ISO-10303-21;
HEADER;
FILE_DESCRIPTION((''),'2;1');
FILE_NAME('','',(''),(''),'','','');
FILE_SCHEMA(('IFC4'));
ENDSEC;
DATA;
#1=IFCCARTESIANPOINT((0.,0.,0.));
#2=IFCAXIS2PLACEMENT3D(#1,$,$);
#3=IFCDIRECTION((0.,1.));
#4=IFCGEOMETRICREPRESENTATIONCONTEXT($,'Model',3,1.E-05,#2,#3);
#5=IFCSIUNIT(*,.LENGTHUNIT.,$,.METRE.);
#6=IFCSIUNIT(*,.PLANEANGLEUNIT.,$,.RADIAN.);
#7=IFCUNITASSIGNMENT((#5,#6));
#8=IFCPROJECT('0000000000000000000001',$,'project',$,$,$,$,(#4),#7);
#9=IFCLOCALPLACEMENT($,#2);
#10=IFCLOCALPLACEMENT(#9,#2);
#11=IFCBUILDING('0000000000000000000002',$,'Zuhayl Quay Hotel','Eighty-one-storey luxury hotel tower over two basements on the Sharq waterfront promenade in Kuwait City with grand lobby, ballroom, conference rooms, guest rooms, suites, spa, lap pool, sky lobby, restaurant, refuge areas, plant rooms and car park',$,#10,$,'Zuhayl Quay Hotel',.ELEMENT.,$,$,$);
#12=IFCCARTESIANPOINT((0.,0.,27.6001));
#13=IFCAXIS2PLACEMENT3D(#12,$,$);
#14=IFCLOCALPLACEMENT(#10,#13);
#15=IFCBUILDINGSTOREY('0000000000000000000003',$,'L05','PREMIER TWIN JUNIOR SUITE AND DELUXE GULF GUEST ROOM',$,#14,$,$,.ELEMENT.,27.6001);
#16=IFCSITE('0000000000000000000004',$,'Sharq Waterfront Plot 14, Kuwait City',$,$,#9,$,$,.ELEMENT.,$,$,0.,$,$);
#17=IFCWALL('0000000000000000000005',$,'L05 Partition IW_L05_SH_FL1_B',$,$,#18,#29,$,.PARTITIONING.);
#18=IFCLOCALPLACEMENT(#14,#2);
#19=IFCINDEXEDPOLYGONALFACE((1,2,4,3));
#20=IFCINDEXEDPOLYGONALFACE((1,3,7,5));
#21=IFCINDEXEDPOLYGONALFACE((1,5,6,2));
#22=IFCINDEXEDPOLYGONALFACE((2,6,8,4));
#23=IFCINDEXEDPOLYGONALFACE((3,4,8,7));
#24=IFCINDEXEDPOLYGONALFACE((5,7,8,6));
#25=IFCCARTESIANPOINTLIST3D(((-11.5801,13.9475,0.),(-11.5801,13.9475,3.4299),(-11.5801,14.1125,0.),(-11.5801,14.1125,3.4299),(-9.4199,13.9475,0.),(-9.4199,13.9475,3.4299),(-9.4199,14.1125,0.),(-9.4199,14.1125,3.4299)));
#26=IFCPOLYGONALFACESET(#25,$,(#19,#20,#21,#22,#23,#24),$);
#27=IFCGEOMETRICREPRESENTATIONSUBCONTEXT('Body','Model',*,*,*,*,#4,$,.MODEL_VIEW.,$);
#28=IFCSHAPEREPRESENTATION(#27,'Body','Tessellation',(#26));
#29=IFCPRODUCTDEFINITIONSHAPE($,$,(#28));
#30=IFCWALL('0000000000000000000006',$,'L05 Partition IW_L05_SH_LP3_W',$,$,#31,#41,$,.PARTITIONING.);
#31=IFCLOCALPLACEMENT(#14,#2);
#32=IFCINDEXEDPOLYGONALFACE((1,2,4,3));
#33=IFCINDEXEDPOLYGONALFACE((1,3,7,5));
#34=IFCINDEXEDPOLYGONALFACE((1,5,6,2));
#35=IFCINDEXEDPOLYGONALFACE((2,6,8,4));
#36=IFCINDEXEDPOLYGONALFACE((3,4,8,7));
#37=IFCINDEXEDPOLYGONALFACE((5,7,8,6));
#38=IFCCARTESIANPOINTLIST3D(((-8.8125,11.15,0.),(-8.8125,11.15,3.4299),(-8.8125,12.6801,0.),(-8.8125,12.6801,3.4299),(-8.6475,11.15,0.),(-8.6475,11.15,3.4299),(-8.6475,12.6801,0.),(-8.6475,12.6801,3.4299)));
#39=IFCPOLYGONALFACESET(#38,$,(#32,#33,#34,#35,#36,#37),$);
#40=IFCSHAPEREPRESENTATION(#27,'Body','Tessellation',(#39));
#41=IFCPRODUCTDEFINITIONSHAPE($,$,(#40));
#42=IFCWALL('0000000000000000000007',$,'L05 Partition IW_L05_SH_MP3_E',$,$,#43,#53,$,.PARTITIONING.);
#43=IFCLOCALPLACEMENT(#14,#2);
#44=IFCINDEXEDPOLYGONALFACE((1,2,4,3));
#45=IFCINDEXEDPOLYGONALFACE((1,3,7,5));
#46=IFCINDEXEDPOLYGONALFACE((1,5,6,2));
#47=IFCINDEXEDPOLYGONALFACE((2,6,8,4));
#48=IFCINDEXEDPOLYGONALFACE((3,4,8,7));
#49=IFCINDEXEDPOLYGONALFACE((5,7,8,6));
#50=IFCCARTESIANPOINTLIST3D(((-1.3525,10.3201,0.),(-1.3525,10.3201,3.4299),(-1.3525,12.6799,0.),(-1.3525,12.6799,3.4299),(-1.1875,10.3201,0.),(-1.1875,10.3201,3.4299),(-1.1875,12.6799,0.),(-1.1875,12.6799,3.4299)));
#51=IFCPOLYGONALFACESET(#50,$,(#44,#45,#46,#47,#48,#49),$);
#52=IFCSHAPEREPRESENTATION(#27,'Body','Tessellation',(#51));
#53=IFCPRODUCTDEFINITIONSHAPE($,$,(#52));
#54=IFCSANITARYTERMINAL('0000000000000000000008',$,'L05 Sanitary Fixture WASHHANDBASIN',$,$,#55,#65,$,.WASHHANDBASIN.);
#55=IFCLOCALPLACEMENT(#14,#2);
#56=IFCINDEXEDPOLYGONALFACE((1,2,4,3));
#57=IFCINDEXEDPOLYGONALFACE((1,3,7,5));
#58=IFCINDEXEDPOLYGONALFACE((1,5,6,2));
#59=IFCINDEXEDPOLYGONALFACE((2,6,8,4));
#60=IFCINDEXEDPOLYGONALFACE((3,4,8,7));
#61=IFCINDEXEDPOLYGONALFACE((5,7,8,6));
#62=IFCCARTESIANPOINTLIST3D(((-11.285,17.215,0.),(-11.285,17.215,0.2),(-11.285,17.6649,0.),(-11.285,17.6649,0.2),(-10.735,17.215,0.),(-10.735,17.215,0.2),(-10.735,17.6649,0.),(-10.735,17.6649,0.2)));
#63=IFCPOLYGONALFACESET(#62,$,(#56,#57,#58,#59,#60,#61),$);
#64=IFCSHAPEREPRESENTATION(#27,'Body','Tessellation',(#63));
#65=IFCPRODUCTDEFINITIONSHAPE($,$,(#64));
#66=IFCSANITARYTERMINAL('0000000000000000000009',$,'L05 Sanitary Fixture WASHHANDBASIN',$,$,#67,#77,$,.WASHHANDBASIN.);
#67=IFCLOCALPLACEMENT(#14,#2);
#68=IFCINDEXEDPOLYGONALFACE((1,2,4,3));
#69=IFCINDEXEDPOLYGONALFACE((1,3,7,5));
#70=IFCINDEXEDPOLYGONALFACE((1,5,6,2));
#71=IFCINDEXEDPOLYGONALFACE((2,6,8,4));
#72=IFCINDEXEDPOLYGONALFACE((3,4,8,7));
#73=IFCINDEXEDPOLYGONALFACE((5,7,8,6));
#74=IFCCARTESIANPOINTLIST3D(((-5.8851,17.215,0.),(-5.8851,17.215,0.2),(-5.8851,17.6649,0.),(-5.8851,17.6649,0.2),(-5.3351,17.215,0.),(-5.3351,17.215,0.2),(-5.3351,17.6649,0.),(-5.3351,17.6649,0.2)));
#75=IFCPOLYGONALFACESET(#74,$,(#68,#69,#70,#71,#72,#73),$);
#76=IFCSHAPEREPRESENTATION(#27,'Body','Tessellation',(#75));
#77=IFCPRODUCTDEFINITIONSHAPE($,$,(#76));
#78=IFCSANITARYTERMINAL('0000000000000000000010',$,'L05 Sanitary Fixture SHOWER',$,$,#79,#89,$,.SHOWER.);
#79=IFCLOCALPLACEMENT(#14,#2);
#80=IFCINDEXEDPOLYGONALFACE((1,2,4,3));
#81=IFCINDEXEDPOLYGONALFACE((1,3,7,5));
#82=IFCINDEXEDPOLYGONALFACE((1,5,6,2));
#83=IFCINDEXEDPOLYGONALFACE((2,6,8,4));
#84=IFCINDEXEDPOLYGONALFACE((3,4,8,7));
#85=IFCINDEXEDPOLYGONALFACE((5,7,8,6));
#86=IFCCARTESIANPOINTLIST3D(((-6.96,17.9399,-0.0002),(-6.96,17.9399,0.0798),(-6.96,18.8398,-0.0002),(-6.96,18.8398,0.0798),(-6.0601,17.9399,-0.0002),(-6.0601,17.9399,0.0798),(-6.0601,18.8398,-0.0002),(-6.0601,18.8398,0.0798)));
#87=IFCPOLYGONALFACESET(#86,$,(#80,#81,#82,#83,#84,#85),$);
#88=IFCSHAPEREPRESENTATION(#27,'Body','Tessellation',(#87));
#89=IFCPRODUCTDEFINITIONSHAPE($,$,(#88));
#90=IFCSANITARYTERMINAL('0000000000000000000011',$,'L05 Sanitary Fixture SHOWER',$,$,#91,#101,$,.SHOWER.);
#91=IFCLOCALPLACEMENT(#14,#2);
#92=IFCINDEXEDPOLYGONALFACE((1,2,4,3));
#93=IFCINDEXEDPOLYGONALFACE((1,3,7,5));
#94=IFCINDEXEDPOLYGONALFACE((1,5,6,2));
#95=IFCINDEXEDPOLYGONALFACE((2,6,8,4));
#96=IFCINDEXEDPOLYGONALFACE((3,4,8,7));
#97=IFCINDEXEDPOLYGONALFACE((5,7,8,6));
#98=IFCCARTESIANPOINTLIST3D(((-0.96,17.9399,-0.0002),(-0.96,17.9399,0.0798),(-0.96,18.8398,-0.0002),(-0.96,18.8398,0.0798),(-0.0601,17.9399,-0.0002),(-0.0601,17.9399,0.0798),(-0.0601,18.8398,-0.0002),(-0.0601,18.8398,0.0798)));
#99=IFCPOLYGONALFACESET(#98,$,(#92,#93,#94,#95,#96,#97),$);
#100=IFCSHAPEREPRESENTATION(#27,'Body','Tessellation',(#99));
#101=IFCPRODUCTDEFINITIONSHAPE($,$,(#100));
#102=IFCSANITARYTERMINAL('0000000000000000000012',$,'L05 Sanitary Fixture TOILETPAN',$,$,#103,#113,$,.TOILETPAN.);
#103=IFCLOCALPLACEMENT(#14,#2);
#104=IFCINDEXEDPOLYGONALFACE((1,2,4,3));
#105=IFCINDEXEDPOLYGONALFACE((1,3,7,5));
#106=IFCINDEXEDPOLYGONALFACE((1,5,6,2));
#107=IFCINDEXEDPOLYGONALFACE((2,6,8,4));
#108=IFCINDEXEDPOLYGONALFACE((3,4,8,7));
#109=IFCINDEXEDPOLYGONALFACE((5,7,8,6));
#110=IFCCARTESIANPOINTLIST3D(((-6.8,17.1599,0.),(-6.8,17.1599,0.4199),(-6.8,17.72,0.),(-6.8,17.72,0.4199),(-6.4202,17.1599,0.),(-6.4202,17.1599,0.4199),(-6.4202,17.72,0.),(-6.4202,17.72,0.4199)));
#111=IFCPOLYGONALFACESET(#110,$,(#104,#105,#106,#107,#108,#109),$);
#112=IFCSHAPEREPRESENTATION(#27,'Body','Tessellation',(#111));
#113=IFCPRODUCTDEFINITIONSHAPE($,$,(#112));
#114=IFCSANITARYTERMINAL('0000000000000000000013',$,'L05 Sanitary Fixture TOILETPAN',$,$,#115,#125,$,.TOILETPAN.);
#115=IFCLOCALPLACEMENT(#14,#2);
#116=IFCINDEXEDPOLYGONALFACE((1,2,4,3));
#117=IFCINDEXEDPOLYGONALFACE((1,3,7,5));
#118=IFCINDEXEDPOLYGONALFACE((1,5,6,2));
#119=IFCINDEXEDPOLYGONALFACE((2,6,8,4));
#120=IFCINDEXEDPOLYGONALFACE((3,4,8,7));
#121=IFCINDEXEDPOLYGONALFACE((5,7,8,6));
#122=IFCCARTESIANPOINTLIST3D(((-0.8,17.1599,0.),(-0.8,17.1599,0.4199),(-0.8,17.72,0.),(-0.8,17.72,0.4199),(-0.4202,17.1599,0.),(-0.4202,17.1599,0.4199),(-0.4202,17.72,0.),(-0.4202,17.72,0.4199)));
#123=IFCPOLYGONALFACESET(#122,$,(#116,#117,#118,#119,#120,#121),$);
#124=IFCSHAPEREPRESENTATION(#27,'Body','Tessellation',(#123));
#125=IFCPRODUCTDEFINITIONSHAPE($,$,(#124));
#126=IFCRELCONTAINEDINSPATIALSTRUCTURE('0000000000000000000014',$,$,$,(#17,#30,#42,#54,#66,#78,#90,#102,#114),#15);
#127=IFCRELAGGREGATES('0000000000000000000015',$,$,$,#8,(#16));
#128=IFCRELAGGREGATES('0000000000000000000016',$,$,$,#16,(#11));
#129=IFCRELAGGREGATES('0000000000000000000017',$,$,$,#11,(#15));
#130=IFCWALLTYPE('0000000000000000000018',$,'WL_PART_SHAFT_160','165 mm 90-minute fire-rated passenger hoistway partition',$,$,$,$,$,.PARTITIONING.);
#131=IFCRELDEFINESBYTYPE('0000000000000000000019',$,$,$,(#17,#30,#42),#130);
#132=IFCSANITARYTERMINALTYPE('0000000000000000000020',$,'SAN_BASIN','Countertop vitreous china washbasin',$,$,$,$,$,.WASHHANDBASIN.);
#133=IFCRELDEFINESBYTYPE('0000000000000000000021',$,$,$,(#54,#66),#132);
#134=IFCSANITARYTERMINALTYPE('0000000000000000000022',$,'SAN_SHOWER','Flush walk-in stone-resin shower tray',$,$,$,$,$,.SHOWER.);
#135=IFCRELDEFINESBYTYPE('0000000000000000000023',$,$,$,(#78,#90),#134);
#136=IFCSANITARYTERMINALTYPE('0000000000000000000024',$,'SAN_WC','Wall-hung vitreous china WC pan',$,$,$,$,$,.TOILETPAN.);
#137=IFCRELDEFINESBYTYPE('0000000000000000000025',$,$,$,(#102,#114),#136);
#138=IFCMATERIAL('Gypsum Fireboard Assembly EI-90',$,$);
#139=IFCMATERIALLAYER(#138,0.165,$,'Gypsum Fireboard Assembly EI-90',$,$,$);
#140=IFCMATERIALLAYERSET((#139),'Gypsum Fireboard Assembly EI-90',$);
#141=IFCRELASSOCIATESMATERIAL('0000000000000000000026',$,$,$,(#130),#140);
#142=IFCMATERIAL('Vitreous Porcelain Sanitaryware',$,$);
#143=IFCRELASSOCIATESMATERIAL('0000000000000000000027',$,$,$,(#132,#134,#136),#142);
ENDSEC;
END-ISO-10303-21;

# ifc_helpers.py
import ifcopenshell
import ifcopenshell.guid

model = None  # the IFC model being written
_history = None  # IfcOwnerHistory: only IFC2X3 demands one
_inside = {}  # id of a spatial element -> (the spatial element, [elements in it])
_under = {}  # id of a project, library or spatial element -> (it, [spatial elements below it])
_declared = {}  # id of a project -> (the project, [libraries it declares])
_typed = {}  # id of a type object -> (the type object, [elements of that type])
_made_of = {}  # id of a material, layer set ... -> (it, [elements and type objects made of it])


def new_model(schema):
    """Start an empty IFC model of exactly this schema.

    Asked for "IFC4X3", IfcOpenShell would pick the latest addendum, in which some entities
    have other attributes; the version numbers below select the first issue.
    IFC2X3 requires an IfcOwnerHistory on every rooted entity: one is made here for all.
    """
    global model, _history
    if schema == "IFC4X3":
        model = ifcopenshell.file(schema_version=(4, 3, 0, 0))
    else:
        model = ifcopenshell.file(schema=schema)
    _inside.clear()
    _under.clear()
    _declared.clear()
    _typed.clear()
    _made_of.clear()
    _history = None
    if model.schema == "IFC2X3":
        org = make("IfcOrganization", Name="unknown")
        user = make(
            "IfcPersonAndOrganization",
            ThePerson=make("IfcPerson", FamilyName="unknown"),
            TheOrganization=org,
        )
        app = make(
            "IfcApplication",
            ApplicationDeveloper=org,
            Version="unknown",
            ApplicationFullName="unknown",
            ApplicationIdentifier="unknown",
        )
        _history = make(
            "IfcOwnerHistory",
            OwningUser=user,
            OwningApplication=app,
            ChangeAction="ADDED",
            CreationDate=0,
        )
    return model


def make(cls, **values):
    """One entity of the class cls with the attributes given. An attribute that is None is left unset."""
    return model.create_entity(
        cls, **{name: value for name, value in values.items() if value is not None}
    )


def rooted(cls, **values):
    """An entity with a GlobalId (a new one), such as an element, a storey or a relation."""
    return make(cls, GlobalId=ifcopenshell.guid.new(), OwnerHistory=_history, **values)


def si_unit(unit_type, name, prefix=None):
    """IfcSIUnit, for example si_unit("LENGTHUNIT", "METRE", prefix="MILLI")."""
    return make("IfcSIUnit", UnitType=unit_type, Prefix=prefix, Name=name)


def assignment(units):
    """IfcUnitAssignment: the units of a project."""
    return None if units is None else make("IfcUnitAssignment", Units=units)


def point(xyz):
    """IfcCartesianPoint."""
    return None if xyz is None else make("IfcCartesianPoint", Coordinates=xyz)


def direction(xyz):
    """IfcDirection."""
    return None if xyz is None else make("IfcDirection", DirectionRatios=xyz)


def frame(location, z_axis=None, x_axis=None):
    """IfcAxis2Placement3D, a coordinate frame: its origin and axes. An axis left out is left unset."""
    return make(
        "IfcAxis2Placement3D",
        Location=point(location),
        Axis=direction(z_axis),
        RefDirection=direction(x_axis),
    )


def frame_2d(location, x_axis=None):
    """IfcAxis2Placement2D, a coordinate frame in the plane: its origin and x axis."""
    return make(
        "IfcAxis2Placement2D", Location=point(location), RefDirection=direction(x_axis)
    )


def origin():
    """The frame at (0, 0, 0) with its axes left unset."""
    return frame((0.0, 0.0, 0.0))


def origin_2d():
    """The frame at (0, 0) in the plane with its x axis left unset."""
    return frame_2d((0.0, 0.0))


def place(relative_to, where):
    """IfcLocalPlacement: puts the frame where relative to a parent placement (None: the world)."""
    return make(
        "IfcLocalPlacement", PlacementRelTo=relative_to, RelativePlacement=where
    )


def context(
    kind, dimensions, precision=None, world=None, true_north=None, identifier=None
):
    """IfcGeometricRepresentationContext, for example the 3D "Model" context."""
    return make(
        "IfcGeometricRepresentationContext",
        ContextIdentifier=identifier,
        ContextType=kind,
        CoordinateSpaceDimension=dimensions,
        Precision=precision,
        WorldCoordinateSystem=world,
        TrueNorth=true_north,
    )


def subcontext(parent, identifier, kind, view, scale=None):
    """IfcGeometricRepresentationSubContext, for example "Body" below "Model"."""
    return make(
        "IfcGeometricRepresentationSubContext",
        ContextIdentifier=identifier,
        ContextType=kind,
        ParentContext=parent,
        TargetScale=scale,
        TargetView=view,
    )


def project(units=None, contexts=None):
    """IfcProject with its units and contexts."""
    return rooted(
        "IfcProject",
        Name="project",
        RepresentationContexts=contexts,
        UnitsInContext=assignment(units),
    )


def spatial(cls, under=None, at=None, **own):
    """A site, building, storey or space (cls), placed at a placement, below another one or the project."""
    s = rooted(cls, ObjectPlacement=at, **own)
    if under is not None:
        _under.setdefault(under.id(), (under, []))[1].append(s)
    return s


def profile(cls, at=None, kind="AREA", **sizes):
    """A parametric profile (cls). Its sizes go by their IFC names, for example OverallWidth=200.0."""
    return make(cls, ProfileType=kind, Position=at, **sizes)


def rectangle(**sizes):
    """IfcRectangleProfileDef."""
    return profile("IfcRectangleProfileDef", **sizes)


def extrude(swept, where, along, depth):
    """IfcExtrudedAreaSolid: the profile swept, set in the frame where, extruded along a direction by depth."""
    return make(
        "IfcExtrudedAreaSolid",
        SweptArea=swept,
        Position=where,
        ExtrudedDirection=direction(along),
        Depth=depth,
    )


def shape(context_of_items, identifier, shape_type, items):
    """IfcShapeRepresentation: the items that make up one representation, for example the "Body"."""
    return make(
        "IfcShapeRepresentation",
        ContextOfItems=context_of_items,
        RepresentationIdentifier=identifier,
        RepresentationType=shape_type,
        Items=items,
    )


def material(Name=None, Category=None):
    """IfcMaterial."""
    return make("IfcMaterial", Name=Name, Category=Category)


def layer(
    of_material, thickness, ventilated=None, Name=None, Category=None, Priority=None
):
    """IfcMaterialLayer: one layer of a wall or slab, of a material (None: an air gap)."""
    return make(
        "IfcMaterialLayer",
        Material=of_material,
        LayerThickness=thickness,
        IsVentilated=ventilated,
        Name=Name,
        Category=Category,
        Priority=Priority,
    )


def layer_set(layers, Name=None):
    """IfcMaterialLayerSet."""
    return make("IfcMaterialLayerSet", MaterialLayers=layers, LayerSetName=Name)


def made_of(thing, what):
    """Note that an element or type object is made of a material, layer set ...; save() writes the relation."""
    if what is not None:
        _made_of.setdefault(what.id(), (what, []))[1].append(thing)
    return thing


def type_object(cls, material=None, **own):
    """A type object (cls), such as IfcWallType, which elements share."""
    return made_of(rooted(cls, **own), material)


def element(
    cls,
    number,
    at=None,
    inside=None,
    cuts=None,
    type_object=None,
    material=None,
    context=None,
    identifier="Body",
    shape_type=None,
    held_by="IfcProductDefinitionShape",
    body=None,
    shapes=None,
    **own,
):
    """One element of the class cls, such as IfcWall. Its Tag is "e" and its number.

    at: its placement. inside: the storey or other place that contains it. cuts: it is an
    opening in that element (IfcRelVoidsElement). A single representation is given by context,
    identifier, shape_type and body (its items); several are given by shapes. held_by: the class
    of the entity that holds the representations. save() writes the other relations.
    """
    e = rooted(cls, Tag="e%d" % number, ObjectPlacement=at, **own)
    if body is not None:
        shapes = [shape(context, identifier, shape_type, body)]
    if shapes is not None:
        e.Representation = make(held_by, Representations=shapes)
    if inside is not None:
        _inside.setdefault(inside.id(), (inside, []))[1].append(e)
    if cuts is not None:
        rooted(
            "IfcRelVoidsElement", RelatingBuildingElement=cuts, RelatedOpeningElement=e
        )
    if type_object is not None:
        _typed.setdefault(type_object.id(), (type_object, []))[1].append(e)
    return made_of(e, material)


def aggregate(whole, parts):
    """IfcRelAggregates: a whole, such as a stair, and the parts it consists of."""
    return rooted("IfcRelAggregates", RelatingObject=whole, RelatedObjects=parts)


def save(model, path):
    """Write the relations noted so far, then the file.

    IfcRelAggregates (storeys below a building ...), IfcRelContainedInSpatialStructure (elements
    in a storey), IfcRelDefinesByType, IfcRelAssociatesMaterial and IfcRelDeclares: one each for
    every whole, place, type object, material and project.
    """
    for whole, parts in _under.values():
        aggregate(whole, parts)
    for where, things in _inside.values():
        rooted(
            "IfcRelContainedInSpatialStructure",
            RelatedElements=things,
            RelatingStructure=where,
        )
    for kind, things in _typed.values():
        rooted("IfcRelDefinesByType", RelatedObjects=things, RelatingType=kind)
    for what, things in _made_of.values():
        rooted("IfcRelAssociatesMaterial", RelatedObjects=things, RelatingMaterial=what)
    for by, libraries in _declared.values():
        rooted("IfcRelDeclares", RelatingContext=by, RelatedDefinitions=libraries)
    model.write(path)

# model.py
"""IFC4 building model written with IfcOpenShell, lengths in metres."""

from ifc_helpers import new_model, si_unit, direction, frame, frame_2d, origin, origin_2d, place, context, subcontext, project, spatial, rectangle, extrude, material, layer, layer_set, type_object, element, save


model = new_model("IFC4")

# Units and contexts
model_context = context("Model", 3, precision=1e-05, world=origin(), true_north=direction((0.0, 1.0)))
body_context = subcontext(model_context, "Body", "Model", "MODEL_VIEW")
ifc_project = project(units=[si_unit("LENGTHUNIT", "METRE"), si_unit("PLANEANGLEUNIT", "RADIAN")], contexts=[model_context])

# Site, building, storey
site_placement = place(None, origin())
site = spatial("IfcSite", under=ifc_project, at=site_placement, Name="Sharq Waterfront Plot 14, Kuwait City", CompositionType="ELEMENT", RefElevation=0.0)
building_placement = place(site_placement, origin())
building = spatial("IfcBuilding", under=site, at=building_placement, Name="Zuhayl Quay Hotel", Description="Eighty-one-storey luxury hotel tower over two basements on the Sharq waterfront promenade in Kuwait City with grand lobby, ballroom, conference rooms, guest rooms, suites, spa, lap pool, sky lobby, restaurant, refuge areas, plant rooms and car park", LongName="Zuhayl Quay Hotel", CompositionType="ELEMENT")
storey_placement = place(building_placement, frame((0.0, 0.0, 27.6001)))
storey = spatial("IfcBuildingStorey", under=building, at=storey_placement, Name="L05", Description="PREMIER TWIN JUNIOR SUITE AND DELUXE GULF GUEST ROOM", CompositionType="ELEMENT", Elevation=27.6001)

# Shared definitions
ifc_material_1 = material(Name="Gypsum Fireboard Assembly EI-90")
ifc_layer_1 = layer(ifc_material_1, 0.165, Name="Gypsum Fireboard Assembly EI-90")
ifc_layer_set_1 = layer_set([ifc_layer_1], Name="Gypsum Fireboard Assembly EI-90")
wall_type_1 = type_object("IfcWallType", Name="WL_PART_SHAFT_160", Description="165 mm 90-minute fire-rated passenger hoistway partition", PredefinedType="PARTITIONING", material=ifc_layer_set_1)

# Walls
wall_1_placement = place(storey_placement, frame((-11.5801, 14.03, 0.0), z_axis=(0.0, 0.0, 1.0), x_axis=(1.0, 0.0, 0.0)))
element("IfcWall", 1, at=wall_1_placement, inside=storey, type_object=wall_type_1, Name="L05 Partition IW_L05_SH_FL1_B", PredefinedType="PARTITIONING", context=body_context, shape_type="SweptSolid", body=[
    extrude(rectangle(XDim=2.1602, YDim=0.165, at=frame_2d((1.0801, 0.0))), origin(), (0.0, 0.0, 1.0), 3.4299),
])
wall_2_placement = place(storey_placement, frame((-8.73, 11.1499, 0.0), z_axis=(0.0, 0.0, 1.0), x_axis=(0.0, 1.0, 0.0)))
element("IfcWall", 2, at=wall_2_placement, inside=storey, type_object=wall_type_1, Name="L05 Partition IW_L05_SH_LP3_W", PredefinedType="PARTITIONING", context=body_context, shape_type="SweptSolid", body=[
    extrude(rectangle(XDim=1.53, YDim=0.165, at=frame_2d((0.7651, 0.0))), origin(), (0.0, 0.0, 1.0), 3.4299),
])
wall_3_placement = place(storey_placement, frame((-1.27, 10.3201, 0.0), z_axis=(0.0, 0.0, 1.0), x_axis=(0.0, 1.0, 0.0)))
element("IfcWall", 3, at=wall_3_placement, inside=storey, type_object=wall_type_1, Name="L05 Partition IW_L05_SH_MP3_E", PredefinedType="PARTITIONING", context=body_context, shape_type="SweptSolid", body=[
    extrude(rectangle(XDim=2.3599, YDim=0.165, at=frame_2d((1.1799, 0.0))), origin(), (0.0, 0.0, 1.0), 3.4299),
])

# Sanitary terminals
ifc_material_2 = material(Name="Vitreous Porcelain Sanitaryware")
sanitary_terminal_type_1 = type_object("IfcSanitaryTerminalType", Name="SAN_BASIN", Description="Countertop vitreous china washbasin", PredefinedType="WASHHANDBASIN", material=ifc_material_2)
for number, where, z_axis, x_axis, name in (
    (4, (-11.01, 17.4399, 0.0), (0.0, 0.0, 1.0), (1.0, 0.0, 0.0), "L05 Sanitary Fixture WASHHANDBASIN"),
    (5, (-5.6101, 17.4399, 0.0), (0.0, 0.0, 1.0), (1.0, 0.0, 0.0), "L05 Sanitary Fixture WASHHANDBASIN"),
):
    element("IfcSanitaryTerminal", number, at=place(storey_placement, frame(where, z_axis=z_axis, x_axis=x_axis)), inside=storey, type_object=sanitary_terminal_type_1, Name=name, PredefinedType="WASHHANDBASIN", context=body_context, shape_type="SweptSolid", body=[
        extrude(rectangle(XDim=0.55, YDim=0.45, at=origin_2d()), origin(), (0.0, 0.0, 1.0), 0.2),
    ])
sanitary_terminal_type_2 = type_object("IfcSanitaryTerminalType", Name="SAN_SHOWER", Description="Flush walk-in stone-resin shower tray", PredefinedType="SHOWER", material=ifc_material_2)
for number, where, z_axis, x_axis, name in (
    (6, (-6.51, 18.3899, -0.0002), (0.0, 0.0, 1.0), (1.0, 0.0, 0.0), "L05 Sanitary Fixture SHOWER"),
    (7, (-0.51, 18.3899, -0.0002), (0.0, 0.0, 1.0), (1.0, 0.0, 0.0), "L05 Sanitary Fixture SHOWER"),
):
    element("IfcSanitaryTerminal", number, at=place(storey_placement, frame(where, z_axis=z_axis, x_axis=x_axis)), inside=storey, type_object=sanitary_terminal_type_2, Name=name, PredefinedType="SHOWER", context=body_context, shape_type="SweptSolid", body=[
        extrude(rectangle(XDim=0.8999, YDim=0.8999, at=origin_2d()), origin(), (0.0, 0.0, 1.0), 0.0801),
    ])
sanitary_terminal_type_3 = type_object("IfcSanitaryTerminalType", Name="SAN_WC", Description="Wall-hung vitreous china WC pan", PredefinedType="TOILETPAN", material=ifc_material_2)
for number, where, z_axis, x_axis, name in (
    (8, (-6.6101, 17.4399, 0.0), (0.0, 0.0, 1.0), (1.0, 0.0, 0.0), "L05 Sanitary Fixture TOILETPAN"),
    (9, (-0.6101, 17.4399, 0.0), (0.0, 0.0, 1.0), (1.0, 0.0, 0.0), "L05 Sanitary Fixture TOILETPAN"),
):
    element("IfcSanitaryTerminal", number, at=place(storey_placement, frame(where, z_axis=z_axis, x_axis=x_axis)), inside=storey, type_object=sanitary_terminal_type_3, Name=name, PredefinedType="TOILETPAN", context=body_context, shape_type="SweptSolid", body=[
        extrude(rectangle(XDim=0.3799, YDim=0.5601, at=origin_2d()), origin(), (0.0, 0.0, 1.0), 0.4199),
    ])

save(model, "model.ifc")
